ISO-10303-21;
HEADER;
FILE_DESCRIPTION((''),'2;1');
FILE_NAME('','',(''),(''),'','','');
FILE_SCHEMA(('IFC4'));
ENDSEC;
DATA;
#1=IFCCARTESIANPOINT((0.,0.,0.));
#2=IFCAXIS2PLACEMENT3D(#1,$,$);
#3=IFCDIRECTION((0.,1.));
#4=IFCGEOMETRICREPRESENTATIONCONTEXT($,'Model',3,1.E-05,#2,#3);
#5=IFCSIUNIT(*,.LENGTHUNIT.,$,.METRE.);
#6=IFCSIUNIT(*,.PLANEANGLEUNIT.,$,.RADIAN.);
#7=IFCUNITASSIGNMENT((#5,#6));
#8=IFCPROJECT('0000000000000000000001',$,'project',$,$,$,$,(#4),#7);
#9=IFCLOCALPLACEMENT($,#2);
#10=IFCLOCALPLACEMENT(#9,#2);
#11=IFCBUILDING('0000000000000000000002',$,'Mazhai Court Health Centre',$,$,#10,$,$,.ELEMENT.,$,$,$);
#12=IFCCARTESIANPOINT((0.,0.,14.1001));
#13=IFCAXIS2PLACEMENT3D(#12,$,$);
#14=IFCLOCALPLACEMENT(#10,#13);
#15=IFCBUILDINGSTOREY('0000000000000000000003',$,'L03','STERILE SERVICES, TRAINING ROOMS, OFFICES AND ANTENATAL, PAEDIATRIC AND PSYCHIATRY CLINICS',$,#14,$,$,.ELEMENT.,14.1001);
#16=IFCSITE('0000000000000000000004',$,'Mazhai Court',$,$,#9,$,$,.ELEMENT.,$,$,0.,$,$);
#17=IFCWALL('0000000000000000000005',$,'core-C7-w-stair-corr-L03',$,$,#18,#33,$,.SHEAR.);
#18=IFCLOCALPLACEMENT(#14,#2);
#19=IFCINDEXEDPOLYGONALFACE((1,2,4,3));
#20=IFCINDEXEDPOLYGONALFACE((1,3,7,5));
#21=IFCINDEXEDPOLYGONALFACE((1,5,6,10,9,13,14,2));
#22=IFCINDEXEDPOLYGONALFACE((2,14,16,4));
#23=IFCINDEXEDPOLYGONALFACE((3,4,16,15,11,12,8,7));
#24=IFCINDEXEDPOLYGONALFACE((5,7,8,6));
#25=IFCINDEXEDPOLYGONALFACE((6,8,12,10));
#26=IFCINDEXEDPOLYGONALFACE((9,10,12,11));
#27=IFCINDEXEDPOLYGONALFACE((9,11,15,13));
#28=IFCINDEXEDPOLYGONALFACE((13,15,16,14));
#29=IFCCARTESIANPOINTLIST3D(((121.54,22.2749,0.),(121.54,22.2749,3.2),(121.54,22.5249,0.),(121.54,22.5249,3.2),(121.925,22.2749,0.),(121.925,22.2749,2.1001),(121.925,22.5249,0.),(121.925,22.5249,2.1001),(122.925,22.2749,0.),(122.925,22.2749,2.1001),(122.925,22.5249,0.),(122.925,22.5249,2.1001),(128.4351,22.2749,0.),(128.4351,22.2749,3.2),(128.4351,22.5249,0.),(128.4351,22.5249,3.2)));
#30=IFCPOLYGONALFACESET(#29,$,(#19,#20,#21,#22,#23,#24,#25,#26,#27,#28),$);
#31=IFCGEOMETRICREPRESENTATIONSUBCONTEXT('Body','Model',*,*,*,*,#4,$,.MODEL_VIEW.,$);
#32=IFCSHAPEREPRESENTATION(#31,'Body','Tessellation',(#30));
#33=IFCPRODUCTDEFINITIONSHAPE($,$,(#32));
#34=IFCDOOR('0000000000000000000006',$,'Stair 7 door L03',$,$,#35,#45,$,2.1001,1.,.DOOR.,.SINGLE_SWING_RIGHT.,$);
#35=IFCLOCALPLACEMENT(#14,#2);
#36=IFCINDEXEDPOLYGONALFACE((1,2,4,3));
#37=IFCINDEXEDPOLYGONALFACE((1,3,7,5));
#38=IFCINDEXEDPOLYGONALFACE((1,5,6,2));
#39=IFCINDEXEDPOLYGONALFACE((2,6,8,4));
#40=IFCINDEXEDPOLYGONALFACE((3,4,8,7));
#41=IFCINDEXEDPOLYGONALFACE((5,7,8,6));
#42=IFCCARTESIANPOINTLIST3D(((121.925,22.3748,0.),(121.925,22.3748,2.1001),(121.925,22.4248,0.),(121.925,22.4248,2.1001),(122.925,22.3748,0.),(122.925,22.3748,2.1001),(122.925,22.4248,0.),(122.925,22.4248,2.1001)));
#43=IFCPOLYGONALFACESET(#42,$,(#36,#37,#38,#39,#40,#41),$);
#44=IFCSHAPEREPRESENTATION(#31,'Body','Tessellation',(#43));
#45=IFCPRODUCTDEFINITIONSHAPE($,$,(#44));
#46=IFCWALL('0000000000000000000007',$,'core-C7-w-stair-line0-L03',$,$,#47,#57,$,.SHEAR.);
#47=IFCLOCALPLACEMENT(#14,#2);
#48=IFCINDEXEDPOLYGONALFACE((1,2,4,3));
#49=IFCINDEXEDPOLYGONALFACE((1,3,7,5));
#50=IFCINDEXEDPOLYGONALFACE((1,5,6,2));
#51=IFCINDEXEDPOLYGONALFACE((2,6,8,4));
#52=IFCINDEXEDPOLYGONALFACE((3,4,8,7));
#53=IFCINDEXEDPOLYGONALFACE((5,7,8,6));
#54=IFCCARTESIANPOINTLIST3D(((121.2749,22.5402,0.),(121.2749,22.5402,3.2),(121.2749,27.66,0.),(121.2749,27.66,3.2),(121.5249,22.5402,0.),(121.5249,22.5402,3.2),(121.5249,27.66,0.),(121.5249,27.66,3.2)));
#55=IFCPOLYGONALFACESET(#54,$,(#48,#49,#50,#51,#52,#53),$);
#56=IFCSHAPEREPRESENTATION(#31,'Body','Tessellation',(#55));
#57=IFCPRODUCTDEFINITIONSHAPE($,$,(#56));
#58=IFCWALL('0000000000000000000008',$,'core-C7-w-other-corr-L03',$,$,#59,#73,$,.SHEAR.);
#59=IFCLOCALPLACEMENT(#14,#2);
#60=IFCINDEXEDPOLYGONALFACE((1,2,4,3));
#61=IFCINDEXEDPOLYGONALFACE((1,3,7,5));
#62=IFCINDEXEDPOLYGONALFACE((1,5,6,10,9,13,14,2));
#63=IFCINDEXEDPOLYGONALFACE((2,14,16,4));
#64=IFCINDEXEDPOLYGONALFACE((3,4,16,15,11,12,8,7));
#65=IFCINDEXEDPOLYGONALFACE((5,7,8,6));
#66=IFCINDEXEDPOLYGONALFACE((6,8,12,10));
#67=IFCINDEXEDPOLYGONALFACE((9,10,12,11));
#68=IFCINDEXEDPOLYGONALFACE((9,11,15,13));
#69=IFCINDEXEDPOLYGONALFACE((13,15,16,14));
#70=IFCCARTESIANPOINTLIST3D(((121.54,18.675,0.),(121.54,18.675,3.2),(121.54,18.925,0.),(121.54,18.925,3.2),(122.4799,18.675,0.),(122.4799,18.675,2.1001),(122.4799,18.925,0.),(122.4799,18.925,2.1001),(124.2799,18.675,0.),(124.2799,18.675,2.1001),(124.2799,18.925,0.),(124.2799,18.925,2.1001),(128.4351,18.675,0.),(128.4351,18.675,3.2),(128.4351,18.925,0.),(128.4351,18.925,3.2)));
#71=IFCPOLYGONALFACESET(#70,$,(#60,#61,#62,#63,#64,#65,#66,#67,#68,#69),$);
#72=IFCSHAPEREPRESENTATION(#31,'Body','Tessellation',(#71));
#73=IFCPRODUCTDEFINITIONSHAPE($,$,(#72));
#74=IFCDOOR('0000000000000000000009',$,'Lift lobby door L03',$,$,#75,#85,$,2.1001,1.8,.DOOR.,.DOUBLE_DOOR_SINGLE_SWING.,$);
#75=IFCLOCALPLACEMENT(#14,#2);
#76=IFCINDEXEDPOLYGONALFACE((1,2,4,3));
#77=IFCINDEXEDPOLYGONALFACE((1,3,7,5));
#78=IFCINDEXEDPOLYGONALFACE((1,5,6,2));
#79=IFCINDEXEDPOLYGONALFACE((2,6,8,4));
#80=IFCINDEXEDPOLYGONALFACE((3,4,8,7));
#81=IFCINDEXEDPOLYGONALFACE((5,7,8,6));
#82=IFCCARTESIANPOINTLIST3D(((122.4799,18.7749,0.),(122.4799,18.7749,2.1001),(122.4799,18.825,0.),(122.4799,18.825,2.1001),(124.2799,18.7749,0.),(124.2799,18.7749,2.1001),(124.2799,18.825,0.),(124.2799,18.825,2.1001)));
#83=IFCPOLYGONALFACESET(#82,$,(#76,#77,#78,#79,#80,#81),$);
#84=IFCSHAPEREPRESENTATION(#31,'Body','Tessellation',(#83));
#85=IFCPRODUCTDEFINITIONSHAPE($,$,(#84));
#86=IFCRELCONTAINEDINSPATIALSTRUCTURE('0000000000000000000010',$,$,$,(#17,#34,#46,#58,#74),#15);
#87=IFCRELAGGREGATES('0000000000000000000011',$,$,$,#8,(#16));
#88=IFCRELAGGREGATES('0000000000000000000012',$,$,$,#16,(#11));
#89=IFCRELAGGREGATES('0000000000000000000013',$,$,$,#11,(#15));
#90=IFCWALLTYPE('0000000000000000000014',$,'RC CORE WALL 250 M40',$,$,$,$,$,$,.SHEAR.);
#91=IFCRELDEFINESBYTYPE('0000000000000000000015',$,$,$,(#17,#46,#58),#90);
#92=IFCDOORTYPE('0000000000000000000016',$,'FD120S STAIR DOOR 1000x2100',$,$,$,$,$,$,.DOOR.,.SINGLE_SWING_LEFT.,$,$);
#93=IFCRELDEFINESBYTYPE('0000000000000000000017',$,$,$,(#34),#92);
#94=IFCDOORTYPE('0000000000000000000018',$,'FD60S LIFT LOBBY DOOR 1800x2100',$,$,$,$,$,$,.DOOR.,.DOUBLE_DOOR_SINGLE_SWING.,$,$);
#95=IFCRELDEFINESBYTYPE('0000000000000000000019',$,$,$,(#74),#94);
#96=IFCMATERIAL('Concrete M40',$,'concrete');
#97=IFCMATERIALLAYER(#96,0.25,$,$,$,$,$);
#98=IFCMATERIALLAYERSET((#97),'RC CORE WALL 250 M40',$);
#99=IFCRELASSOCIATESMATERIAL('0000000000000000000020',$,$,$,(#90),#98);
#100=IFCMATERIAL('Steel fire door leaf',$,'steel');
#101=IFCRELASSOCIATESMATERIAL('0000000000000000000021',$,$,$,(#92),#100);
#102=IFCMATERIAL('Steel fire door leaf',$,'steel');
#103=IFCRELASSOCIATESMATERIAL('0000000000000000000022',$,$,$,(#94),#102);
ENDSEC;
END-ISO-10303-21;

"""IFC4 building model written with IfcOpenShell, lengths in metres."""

from ifc_helpers import new_model, si_unit, direction, frame, frame_2d, origin, place, context, subcontext, project, spatial, rectangle, extrude, material, layer, layer_set, type_object, element, fill, save


model = new_model("IFC4")

# Units and contexts
model_context = context("Model", 3, precision=1e-05, world=origin(), true_north=direction((0.0, 1.0)))
body_context = subcontext(model_context, "Body", "Model", "MODEL_VIEW")
ifc_project = project(units=[si_unit("LENGTHUNIT", "METRE"), si_unit("PLANEANGLEUNIT", "RADIAN")], contexts=[model_context])

# Site, building, storey
site_placement = place(None, origin())
site = spatial("IfcSite", under=ifc_project, at=site_placement, Name="Mazhai Court", CompositionType="ELEMENT", RefElevation=0.0)
building_placement = place(site_placement, origin())
building = spatial("IfcBuilding", under=site, at=building_placement, Name="Mazhai Court Health Centre", CompositionType="ELEMENT")
storey_placement = place(building_placement, frame((0.0, 0.0, 14.1001)))
storey = spatial("IfcBuildingStorey", under=building, at=storey_placement, Name="L03", Description="STERILE SERVICES, TRAINING ROOMS, OFFICES AND ANTENATAL, PAEDIATRIC AND PSYCHIATRY CLINICS", CompositionType="ELEMENT", Elevation=14.1001)

# Wall, opening, door
ifc_material_1 = material(Name="Concrete M40", Category="concrete")
ifc_layer_1 = layer(ifc_material_1, 0.25)
ifc_layer_set_1 = layer_set([ifc_layer_1], Name="RC CORE WALL 250 M40")
wall_type_1 = type_object("IfcWallType", Name="RC CORE WALL 250 M40", PredefinedType="SHEAR", material=ifc_layer_set_1)
wall_1_placement = place(storey_placement, frame((121.54, 22.3999, 0.0), z_axis=(0.0, 0.0, 1.0), x_axis=(1.0, 0.0, 0.0)))
wall_1 = element("IfcWall", 1, at=wall_1_placement, inside=storey, type_object=wall_type_1, Name="core-C7-w-stair-corr-L03", PredefinedType="SHEAR", context=body_context, shape_type="SweptSolid", body=[
    extrude(rectangle(XDim=6.895, YDim=0.25, at=frame_2d((3.4475, 0.0))), origin(), (0.0, 0.0, 1.0), 3.2),
])
opening_1_placement = place(wall_1_placement, frame((0.385, 0.0, 0.0)))
opening_1 = element("IfcOpeningElement", 2, at=opening_1_placement, cuts=wall_1, PredefinedType="OPENING", context=body_context, shape_type="SweptSolid", body=[
    extrude(rectangle(XDim=1.0, YDim=2.1001, at=frame_2d((0.5, 1.05))), frame((0.0, 0.135, 0.0), z_axis=(0.0, -1.0, 0.0), x_axis=(1.0, 0.0, 0.0)), (0.0, 0.0, 1.0), 0.27),
])
ifc_material_2 = material(Name="Steel fire door leaf", Category="steel")
door_type_1 = type_object("IfcDoorType", Name="FD120S STAIR DOOR 1000x2100", OperationType="SINGLE_SWING_LEFT", PredefinedType="DOOR", material=ifc_material_2)
door_1_placement = place(opening_1_placement, origin())
door_1 = element("IfcDoor", 3, at=door_1_placement, inside=storey, type_object=door_type_1, Name="Stair 7 door L03", OperationType="SINGLE_SWING_RIGHT", OverallHeight=2.1001, OverallWidth=1.0, PredefinedType="DOOR", context=body_context, shape_type="SweptSolid", body=[
    extrude(rectangle(XDim=1.0, YDim=2.1001, at=frame_2d((0.5, 1.05))), frame((0.0, 0.0249, 0.0), z_axis=(0.0, -1.0, 0.0), x_axis=(1.0, 0.0, 0.0)), (0.0, 0.0, 1.0), 0.05),
])
fill(opening_1, door_1)

# Wall
wall_2_placement = place(storey_placement, frame((121.3999, 22.54, 0.0), z_axis=(0.0, 0.0, 1.0), x_axis=(0.0, 1.0, 0.0)))
element("IfcWall", 4, at=wall_2_placement, inside=storey, type_object=wall_type_1, Name="core-C7-w-stair-line0-L03", PredefinedType="SHEAR", context=body_context, shape_type="SweptSolid", body=[
    extrude(rectangle(XDim=5.1199, YDim=0.25, at=frame_2d((2.5601, 0.0))), origin(), (0.0, 0.0, 1.0), 3.2),
])

# Wall, opening, door
wall_3_placement = place(storey_placement, frame((121.54, 18.8, 0.0), z_axis=(0.0, 0.0, 1.0), x_axis=(1.0, 0.0, 0.0)))
wall_3 = element("IfcWall", 5, at=wall_3_placement, inside=storey, type_object=wall_type_1, Name="core-C7-w-other-corr-L03", PredefinedType="SHEAR", context=body_context, shape_type="SweptSolid", body=[
    extrude(rectangle(XDim=6.895, YDim=0.25, at=frame_2d((3.4475, 0.0))), origin(), (0.0, 0.0, 1.0), 3.2),
])
opening_2_placement = place(wall_3_placement, frame((0.9399, 0.0, 0.0)))
opening_2 = element("IfcOpeningElement", 6, at=opening_2_placement, cuts=wall_3, PredefinedType="OPENING", context=body_context, shape_type="SweptSolid", body=[
    extrude(rectangle(XDim=1.8, YDim=2.1001, at=frame_2d((0.8999, 1.05))), frame((0.0, 0.135, 0.0), z_axis=(0.0, -1.0, 0.0), x_axis=(1.0, 0.0, 0.0)), (0.0, 0.0, 1.0), 0.27),
])
ifc_material_3 = material(Name="Steel fire door leaf", Category="steel")
door_type_2 = type_object("IfcDoorType", Name="FD60S LIFT LOBBY DOOR 1800x2100", OperationType="DOUBLE_DOOR_SINGLE_SWING", PredefinedType="DOOR", material=ifc_material_3)
door_2_placement = place(opening_2_placement, origin())
door_2 = element("IfcDoor", 7, at=door_2_placement, inside=storey, type_object=door_type_2, Name="Lift lobby door L03", OperationType="DOUBLE_DOOR_SINGLE_SWING", OverallHeight=2.1001, OverallWidth=1.8, PredefinedType="DOOR", context=body_context, shape_type="SweptSolid", body=[
    extrude(rectangle(XDim=1.8, YDim=2.1001, at=frame_2d((0.8999, 1.05))), frame((0.0, 0.0249, 0.0), z_axis=(0.0, -1.0, 0.0), x_axis=(1.0, 0.0, 0.0)), (0.0, 0.0, 1.0), 0.05),
])
fill(opening_2, door_2)

save(model, "model.ifc")
